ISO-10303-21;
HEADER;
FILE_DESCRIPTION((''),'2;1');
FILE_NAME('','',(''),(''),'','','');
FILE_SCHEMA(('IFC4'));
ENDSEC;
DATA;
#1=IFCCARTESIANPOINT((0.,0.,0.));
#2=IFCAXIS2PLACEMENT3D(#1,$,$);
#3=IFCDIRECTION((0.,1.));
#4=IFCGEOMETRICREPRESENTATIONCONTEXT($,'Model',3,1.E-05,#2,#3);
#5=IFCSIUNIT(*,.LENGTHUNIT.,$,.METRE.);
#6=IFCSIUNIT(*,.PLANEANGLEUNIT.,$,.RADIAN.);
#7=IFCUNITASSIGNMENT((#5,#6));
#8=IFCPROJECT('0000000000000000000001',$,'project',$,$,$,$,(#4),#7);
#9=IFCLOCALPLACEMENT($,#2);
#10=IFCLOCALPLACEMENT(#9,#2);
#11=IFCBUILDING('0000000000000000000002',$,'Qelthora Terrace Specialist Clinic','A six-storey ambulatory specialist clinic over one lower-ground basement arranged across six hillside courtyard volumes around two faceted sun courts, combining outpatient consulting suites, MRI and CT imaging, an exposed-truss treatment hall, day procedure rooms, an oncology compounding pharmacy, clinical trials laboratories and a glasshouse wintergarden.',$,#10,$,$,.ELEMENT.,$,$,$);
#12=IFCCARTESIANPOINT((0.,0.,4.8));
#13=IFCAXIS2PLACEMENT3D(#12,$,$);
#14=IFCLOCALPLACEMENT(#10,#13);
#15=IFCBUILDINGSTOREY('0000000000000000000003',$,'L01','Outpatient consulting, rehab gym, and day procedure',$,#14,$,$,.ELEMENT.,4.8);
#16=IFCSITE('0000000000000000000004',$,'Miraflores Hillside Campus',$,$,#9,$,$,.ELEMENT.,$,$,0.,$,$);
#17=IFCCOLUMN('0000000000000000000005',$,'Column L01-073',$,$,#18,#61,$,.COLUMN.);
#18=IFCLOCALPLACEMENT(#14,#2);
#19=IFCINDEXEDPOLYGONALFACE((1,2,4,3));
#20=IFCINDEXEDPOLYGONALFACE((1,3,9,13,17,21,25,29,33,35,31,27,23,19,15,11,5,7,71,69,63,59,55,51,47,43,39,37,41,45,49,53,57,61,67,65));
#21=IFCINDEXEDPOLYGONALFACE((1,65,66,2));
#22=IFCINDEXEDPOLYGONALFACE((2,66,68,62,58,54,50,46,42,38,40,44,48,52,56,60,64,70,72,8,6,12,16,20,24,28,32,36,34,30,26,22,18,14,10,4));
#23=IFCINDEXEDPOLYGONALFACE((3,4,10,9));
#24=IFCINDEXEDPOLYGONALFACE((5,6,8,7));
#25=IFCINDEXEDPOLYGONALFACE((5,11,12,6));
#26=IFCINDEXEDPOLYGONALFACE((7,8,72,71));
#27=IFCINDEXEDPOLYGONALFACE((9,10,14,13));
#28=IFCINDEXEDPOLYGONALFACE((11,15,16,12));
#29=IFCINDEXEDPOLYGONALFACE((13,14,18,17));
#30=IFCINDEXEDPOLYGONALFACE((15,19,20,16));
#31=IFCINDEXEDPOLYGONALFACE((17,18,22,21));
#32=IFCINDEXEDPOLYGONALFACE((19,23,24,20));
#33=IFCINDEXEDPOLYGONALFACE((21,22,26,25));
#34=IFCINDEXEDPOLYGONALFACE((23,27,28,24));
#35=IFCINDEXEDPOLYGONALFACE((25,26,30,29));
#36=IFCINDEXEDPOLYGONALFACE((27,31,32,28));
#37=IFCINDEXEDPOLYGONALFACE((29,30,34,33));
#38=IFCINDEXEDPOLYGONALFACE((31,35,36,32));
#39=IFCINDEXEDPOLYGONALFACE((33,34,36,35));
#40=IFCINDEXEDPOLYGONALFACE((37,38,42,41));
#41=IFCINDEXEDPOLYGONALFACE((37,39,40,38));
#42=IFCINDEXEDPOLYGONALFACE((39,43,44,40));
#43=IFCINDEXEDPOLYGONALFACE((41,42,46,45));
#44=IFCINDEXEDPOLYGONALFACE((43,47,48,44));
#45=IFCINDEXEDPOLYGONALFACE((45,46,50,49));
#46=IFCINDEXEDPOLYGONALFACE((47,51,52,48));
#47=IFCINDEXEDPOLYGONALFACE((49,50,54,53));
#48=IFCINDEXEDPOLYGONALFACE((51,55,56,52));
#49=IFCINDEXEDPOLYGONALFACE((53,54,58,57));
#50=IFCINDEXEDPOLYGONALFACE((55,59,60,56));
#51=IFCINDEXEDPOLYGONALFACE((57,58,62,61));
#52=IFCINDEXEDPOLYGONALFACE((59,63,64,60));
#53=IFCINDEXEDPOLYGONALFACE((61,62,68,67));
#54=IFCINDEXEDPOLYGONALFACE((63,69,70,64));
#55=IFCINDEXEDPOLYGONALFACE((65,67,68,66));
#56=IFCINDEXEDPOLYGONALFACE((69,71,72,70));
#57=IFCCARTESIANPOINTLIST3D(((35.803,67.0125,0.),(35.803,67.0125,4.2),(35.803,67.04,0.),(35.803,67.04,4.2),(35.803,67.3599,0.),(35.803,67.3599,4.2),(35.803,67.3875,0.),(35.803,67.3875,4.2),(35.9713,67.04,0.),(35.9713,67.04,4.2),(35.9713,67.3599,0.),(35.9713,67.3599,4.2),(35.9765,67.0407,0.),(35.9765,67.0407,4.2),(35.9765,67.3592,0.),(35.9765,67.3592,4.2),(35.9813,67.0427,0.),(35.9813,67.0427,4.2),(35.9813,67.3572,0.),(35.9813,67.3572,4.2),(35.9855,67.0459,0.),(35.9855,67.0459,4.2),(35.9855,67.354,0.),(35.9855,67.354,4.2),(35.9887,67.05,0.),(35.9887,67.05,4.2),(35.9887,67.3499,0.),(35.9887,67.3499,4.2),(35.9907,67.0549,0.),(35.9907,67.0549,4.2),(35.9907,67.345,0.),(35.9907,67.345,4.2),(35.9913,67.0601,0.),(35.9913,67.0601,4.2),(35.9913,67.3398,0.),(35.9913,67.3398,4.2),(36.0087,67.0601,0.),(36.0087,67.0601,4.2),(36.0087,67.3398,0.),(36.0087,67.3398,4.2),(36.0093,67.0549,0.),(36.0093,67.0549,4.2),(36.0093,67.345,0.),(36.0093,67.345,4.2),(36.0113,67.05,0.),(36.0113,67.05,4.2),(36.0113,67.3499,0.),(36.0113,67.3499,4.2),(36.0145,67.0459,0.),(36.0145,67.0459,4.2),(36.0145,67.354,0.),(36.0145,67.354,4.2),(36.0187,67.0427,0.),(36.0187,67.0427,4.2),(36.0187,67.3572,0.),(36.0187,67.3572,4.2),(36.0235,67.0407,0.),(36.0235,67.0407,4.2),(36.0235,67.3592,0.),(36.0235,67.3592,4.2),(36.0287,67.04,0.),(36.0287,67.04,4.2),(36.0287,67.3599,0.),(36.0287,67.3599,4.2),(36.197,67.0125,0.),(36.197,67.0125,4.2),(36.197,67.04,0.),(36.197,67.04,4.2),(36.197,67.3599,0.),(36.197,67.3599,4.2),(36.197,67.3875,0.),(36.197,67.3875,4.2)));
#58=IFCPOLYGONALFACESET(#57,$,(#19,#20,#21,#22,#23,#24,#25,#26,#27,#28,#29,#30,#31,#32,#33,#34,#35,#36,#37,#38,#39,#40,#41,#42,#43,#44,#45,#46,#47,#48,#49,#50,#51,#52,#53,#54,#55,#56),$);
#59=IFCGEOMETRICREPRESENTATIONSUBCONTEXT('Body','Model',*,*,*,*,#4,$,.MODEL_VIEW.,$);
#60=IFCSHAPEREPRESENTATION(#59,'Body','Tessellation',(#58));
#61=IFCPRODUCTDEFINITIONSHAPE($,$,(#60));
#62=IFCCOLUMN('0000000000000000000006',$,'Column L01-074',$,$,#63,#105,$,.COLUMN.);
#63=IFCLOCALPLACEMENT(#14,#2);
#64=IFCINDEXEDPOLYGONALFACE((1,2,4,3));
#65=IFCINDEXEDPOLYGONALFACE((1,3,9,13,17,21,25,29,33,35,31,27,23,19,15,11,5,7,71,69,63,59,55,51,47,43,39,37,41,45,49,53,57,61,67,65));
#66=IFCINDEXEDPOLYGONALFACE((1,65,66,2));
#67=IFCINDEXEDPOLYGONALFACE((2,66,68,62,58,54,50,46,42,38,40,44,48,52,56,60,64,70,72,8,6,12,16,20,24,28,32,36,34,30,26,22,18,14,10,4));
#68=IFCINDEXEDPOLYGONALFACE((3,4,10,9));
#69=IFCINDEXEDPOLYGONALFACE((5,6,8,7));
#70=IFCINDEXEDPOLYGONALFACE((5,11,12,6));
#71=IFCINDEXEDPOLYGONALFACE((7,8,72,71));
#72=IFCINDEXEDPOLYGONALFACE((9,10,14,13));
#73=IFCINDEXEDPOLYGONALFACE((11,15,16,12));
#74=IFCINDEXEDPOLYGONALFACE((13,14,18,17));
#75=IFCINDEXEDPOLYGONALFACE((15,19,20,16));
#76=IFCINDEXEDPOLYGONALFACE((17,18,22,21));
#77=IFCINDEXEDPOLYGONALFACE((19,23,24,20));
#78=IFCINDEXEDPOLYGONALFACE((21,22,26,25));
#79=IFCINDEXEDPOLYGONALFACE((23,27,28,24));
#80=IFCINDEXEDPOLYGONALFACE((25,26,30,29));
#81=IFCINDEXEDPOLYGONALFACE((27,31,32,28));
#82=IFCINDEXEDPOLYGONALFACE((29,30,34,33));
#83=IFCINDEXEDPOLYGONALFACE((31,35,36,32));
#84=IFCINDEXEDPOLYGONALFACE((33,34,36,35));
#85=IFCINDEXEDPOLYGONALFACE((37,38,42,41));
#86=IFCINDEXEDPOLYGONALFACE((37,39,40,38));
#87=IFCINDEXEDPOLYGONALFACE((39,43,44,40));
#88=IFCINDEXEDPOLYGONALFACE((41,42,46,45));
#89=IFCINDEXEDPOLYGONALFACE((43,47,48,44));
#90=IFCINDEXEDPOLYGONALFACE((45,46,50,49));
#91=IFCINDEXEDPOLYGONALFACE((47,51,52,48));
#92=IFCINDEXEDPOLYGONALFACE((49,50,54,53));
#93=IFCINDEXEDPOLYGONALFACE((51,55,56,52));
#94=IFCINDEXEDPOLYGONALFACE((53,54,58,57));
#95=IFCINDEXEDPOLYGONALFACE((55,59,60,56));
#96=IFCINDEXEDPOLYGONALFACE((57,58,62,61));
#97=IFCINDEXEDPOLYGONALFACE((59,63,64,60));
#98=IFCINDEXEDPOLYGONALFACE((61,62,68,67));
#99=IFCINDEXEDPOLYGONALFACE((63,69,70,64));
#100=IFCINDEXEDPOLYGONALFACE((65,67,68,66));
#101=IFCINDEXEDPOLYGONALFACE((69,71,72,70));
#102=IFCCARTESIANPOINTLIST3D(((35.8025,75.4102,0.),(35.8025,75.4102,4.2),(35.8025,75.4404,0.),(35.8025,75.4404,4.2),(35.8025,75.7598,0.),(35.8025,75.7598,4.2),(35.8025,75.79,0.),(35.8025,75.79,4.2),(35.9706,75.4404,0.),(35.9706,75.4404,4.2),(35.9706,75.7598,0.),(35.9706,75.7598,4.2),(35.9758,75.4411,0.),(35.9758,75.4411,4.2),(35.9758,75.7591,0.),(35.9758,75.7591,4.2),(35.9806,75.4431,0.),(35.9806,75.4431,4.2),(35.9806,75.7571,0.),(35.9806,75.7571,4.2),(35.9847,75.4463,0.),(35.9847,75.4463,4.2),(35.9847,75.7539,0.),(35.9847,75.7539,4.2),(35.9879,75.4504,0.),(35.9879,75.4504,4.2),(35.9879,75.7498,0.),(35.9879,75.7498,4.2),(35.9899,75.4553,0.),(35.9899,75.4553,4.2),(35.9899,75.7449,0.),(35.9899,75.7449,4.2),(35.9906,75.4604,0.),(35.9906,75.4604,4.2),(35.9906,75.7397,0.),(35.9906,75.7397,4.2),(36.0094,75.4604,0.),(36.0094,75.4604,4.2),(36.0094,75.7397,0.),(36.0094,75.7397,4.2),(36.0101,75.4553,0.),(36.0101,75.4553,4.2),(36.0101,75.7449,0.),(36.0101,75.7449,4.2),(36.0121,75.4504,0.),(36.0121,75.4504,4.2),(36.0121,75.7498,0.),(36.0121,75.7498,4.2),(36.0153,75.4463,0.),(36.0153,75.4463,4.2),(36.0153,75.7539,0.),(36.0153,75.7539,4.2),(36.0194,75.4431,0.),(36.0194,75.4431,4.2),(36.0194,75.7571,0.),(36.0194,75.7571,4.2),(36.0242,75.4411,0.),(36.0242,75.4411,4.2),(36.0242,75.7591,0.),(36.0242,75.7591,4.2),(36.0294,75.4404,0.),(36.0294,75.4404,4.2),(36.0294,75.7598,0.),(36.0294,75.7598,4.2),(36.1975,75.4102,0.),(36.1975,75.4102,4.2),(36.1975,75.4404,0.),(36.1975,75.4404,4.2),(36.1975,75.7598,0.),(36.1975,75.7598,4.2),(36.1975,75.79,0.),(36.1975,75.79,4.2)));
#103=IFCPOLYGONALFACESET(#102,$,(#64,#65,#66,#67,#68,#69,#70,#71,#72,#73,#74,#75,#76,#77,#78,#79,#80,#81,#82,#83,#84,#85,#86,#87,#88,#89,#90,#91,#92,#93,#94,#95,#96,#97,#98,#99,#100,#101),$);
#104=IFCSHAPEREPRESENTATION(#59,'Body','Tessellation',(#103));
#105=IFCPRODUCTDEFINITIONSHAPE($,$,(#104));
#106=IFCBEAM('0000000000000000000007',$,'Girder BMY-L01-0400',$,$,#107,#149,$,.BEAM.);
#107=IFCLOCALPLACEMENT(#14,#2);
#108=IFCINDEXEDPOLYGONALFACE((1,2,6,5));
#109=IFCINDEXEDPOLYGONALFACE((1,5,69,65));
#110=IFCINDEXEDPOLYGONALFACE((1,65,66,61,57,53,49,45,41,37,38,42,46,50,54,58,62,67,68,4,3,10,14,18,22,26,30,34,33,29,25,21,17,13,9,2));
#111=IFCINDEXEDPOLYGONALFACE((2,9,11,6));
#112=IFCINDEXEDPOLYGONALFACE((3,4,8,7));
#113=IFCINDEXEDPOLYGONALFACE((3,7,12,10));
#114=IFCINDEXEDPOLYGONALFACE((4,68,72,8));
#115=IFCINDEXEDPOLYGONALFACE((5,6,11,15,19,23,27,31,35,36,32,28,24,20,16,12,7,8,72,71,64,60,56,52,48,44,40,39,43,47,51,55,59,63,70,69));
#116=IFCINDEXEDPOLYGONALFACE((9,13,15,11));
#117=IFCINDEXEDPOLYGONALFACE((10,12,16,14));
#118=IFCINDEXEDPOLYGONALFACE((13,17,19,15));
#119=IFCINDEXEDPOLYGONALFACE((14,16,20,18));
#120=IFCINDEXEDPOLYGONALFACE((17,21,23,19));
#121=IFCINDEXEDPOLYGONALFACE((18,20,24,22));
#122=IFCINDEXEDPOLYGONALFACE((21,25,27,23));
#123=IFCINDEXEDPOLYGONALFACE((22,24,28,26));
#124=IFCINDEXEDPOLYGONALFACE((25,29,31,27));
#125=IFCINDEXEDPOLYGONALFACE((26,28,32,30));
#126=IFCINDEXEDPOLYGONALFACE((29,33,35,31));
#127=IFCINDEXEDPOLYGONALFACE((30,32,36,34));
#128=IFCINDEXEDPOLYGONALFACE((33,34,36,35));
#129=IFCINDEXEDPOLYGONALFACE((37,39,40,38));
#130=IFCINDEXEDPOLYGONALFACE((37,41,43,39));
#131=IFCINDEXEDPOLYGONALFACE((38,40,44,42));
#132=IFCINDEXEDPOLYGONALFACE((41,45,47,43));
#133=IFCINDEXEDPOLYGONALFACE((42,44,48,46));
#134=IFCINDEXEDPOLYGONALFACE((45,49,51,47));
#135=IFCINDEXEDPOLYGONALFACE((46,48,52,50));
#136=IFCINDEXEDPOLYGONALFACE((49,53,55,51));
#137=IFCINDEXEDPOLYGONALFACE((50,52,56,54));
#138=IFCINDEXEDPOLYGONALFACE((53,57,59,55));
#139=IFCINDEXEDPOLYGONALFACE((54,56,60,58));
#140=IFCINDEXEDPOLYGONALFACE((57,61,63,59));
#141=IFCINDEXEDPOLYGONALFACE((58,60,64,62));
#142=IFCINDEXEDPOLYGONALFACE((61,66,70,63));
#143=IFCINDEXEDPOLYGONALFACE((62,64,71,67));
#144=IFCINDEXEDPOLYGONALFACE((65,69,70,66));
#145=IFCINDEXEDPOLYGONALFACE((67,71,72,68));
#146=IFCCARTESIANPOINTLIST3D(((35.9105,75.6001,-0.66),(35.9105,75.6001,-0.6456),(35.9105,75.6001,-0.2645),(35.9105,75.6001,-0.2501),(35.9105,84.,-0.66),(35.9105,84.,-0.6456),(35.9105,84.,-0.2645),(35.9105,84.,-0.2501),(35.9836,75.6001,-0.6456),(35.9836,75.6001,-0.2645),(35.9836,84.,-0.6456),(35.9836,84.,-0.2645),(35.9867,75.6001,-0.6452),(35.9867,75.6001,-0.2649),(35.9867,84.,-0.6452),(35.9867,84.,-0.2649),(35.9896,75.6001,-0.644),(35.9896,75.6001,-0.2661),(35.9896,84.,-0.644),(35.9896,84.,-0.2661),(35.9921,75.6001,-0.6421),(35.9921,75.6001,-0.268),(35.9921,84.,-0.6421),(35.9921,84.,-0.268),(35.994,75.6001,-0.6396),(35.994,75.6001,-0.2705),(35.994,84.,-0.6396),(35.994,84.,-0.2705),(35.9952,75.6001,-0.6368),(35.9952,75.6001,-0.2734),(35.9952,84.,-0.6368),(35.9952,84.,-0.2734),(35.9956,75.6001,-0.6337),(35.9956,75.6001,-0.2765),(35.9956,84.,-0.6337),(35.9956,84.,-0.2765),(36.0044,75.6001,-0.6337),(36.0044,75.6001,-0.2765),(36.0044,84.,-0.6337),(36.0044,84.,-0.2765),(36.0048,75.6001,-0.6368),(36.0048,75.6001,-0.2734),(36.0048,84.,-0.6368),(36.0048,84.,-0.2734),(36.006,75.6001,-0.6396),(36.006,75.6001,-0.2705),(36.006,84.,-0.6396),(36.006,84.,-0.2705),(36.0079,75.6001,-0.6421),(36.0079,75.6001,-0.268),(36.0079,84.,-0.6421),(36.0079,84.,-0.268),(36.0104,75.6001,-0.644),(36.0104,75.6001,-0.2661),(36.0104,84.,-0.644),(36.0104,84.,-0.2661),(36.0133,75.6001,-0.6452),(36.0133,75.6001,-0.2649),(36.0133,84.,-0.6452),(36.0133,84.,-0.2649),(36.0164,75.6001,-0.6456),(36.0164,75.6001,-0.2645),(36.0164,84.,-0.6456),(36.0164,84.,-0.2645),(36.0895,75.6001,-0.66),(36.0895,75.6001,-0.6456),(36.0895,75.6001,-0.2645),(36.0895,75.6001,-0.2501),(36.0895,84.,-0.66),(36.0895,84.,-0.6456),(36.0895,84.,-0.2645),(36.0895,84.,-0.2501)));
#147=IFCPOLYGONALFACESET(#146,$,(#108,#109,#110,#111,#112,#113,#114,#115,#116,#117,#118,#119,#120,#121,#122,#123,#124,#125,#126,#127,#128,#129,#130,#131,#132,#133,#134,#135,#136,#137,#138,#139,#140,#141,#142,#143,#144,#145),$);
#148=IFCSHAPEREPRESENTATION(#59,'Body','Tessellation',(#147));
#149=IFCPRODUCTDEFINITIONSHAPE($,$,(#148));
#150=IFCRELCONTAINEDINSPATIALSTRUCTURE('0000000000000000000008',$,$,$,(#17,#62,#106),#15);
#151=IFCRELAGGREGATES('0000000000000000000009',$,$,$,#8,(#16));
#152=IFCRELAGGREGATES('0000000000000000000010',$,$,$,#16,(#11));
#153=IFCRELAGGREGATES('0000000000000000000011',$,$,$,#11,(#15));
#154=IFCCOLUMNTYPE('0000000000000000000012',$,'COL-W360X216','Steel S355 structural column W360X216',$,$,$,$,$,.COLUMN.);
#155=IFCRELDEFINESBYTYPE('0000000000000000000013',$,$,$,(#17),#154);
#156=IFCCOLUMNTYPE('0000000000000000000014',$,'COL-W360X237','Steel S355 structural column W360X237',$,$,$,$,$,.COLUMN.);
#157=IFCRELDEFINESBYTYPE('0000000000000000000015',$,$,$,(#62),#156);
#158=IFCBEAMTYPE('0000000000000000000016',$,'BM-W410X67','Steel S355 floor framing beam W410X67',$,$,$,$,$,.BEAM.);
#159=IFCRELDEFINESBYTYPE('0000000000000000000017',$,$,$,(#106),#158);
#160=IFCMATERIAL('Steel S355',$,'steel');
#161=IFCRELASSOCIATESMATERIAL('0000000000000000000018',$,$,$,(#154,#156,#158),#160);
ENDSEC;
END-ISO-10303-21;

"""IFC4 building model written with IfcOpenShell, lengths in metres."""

from ifc_helpers import new_model, si_unit, direction, frame, origin, origin_2d, place, context, subcontext, project, spatial, i_section, extrude, material, material_profile, profile_set, type_object, element, save


model = new_model("IFC4")

# Units and contexts
model_context = context("Model", 3, precision=1e-05, world=origin(), true_north=direction((0.0, 1.0)))
body_context = subcontext(model_context, "Body", "Model", "MODEL_VIEW")
ifc_project = project(units=[si_unit("LENGTHUNIT", "METRE"), si_unit("PLANEANGLEUNIT", "RADIAN")], contexts=[model_context])

# Site, building, storey
site_placement = place(None, origin())
site = spatial("IfcSite", under=ifc_project, at=site_placement, Name="Miraflores Hillside Campus", CompositionType="ELEMENT", RefElevation=0.0)
building_placement = place(site_placement, origin())
building = spatial("IfcBuilding", under=site, at=building_placement, Name="Qelthora Terrace Specialist Clinic", Description="A six-storey ambulatory specialist clinic over one lower-ground basement arranged across six hillside courtyard volumes around two faceted sun courts, combining outpatient consulting suites, MRI and CT imaging, an exposed-truss treatment hall, day procedure rooms, an oncology compounding pharmacy, clinical trials laboratories and a glasshouse wintergarden.", CompositionType="ELEMENT")
storey_placement = place(building_placement, frame((0.0, 0.0, 4.8)))
storey = spatial("IfcBuildingStorey", under=building, at=storey_placement, Name="L01", Description="Outpatient consulting, rehab gym, and day procedure", CompositionType="ELEMENT", Elevation=4.8)

# Columns
ifc_material_1 = material(Name="Steel S355", Category="steel")
ifc_material_profile_1 = material_profile(ifc_material_1, i_section(OverallWidth=0.394, OverallDepth=0.375, WebThickness=0.0173, FlangeThickness=0.0276, FilletRadius=0.02, at=origin_2d()), Name="W360X216")
ifc_profile_set_1 = profile_set([ifc_material_profile_1], Name="Steel S355")
column_type_1 = type_object("IfcColumnType", Name="COL-W360X216", Description="Steel S355 structural column W360X216", PredefinedType="COLUMN", material=ifc_profile_set_1)
column_1_placement = place(storey_placement, frame((36.0, 67.2, 0.0), z_axis=(0.0, 0.0, 1.0), x_axis=(1.0, 0.0, 0.0)))
element("IfcColumn", 1, at=column_1_placement, inside=storey, type_object=column_type_1, Name="Column L01-073", PredefinedType="COLUMN", context=body_context, shape_type="SweptSolid", body=[
    extrude(i_section(OverallWidth=0.394, OverallDepth=0.375, WebThickness=0.0173, FlangeThickness=0.0276, FilletRadius=0.02, at=origin_2d()), origin(), (0.0, 0.0, 1.0), 4.2),
])
ifc_material_profile_2 = material_profile(ifc_material_1, i_section(OverallWidth=0.395, OverallDepth=0.3799, WebThickness=0.0188, FlangeThickness=0.0303, FilletRadius=0.02, at=origin_2d()), Name="W360X237")
ifc_profile_set_2 = profile_set([ifc_material_profile_2], Name="Steel S355")
column_type_2 = type_object("IfcColumnType", Name="COL-W360X237", Description="Steel S355 structural column W360X237", PredefinedType="COLUMN", material=ifc_profile_set_2)
column_2_placement = place(storey_placement, frame((36.0, 75.6001, 0.0), z_axis=(0.0, 0.0, 1.0), x_axis=(1.0, 0.0, 0.0)))
element("IfcColumn", 2, at=column_2_placement, inside=storey, type_object=column_type_2, Name="Column L01-074", PredefinedType="COLUMN", context=body_context, shape_type="SweptSolid", body=[
    extrude(i_section(OverallWidth=0.395, OverallDepth=0.3799, WebThickness=0.0188, FlangeThickness=0.0303, FilletRadius=0.02, at=origin_2d()), origin(), (0.0, 0.0, 1.0), 4.2),
])

# Beam
ifc_material_profile_3 = material_profile(ifc_material_1, i_section(OverallWidth=0.179, OverallDepth=0.4099, WebThickness=0.0088, FlangeThickness=0.0144, FilletRadius=0.012, at=origin_2d()), Name="W410X67")
ifc_profile_set_3 = profile_set([ifc_material_profile_3], Name="Steel S355")
beam_type_1 = type_object("IfcBeamType", Name="BM-W410X67", Description="Steel S355 floor framing beam W410X67", PredefinedType="BEAM", material=ifc_profile_set_3)
beam_1_placement = place(storey_placement, frame((36.0, 75.6001, -0.4551), z_axis=(0.0, 1.0, 0.0), x_axis=(-1.0, 0.0, 0.0)))
element("IfcBeam", 3, at=beam_1_placement, inside=storey, type_object=beam_type_1, Name="Girder BMY-L01-0400", PredefinedType="BEAM", context=body_context, shape_type="SweptSolid", body=[
    extrude(i_section(OverallWidth=0.179, OverallDepth=0.4099, WebThickness=0.0088, FlangeThickness=0.0144, FilletRadius=0.012, at=origin_2d()), origin(), (0.0, 0.0, 1.0), 8.3999),
])

save(model, "model.ifc")
